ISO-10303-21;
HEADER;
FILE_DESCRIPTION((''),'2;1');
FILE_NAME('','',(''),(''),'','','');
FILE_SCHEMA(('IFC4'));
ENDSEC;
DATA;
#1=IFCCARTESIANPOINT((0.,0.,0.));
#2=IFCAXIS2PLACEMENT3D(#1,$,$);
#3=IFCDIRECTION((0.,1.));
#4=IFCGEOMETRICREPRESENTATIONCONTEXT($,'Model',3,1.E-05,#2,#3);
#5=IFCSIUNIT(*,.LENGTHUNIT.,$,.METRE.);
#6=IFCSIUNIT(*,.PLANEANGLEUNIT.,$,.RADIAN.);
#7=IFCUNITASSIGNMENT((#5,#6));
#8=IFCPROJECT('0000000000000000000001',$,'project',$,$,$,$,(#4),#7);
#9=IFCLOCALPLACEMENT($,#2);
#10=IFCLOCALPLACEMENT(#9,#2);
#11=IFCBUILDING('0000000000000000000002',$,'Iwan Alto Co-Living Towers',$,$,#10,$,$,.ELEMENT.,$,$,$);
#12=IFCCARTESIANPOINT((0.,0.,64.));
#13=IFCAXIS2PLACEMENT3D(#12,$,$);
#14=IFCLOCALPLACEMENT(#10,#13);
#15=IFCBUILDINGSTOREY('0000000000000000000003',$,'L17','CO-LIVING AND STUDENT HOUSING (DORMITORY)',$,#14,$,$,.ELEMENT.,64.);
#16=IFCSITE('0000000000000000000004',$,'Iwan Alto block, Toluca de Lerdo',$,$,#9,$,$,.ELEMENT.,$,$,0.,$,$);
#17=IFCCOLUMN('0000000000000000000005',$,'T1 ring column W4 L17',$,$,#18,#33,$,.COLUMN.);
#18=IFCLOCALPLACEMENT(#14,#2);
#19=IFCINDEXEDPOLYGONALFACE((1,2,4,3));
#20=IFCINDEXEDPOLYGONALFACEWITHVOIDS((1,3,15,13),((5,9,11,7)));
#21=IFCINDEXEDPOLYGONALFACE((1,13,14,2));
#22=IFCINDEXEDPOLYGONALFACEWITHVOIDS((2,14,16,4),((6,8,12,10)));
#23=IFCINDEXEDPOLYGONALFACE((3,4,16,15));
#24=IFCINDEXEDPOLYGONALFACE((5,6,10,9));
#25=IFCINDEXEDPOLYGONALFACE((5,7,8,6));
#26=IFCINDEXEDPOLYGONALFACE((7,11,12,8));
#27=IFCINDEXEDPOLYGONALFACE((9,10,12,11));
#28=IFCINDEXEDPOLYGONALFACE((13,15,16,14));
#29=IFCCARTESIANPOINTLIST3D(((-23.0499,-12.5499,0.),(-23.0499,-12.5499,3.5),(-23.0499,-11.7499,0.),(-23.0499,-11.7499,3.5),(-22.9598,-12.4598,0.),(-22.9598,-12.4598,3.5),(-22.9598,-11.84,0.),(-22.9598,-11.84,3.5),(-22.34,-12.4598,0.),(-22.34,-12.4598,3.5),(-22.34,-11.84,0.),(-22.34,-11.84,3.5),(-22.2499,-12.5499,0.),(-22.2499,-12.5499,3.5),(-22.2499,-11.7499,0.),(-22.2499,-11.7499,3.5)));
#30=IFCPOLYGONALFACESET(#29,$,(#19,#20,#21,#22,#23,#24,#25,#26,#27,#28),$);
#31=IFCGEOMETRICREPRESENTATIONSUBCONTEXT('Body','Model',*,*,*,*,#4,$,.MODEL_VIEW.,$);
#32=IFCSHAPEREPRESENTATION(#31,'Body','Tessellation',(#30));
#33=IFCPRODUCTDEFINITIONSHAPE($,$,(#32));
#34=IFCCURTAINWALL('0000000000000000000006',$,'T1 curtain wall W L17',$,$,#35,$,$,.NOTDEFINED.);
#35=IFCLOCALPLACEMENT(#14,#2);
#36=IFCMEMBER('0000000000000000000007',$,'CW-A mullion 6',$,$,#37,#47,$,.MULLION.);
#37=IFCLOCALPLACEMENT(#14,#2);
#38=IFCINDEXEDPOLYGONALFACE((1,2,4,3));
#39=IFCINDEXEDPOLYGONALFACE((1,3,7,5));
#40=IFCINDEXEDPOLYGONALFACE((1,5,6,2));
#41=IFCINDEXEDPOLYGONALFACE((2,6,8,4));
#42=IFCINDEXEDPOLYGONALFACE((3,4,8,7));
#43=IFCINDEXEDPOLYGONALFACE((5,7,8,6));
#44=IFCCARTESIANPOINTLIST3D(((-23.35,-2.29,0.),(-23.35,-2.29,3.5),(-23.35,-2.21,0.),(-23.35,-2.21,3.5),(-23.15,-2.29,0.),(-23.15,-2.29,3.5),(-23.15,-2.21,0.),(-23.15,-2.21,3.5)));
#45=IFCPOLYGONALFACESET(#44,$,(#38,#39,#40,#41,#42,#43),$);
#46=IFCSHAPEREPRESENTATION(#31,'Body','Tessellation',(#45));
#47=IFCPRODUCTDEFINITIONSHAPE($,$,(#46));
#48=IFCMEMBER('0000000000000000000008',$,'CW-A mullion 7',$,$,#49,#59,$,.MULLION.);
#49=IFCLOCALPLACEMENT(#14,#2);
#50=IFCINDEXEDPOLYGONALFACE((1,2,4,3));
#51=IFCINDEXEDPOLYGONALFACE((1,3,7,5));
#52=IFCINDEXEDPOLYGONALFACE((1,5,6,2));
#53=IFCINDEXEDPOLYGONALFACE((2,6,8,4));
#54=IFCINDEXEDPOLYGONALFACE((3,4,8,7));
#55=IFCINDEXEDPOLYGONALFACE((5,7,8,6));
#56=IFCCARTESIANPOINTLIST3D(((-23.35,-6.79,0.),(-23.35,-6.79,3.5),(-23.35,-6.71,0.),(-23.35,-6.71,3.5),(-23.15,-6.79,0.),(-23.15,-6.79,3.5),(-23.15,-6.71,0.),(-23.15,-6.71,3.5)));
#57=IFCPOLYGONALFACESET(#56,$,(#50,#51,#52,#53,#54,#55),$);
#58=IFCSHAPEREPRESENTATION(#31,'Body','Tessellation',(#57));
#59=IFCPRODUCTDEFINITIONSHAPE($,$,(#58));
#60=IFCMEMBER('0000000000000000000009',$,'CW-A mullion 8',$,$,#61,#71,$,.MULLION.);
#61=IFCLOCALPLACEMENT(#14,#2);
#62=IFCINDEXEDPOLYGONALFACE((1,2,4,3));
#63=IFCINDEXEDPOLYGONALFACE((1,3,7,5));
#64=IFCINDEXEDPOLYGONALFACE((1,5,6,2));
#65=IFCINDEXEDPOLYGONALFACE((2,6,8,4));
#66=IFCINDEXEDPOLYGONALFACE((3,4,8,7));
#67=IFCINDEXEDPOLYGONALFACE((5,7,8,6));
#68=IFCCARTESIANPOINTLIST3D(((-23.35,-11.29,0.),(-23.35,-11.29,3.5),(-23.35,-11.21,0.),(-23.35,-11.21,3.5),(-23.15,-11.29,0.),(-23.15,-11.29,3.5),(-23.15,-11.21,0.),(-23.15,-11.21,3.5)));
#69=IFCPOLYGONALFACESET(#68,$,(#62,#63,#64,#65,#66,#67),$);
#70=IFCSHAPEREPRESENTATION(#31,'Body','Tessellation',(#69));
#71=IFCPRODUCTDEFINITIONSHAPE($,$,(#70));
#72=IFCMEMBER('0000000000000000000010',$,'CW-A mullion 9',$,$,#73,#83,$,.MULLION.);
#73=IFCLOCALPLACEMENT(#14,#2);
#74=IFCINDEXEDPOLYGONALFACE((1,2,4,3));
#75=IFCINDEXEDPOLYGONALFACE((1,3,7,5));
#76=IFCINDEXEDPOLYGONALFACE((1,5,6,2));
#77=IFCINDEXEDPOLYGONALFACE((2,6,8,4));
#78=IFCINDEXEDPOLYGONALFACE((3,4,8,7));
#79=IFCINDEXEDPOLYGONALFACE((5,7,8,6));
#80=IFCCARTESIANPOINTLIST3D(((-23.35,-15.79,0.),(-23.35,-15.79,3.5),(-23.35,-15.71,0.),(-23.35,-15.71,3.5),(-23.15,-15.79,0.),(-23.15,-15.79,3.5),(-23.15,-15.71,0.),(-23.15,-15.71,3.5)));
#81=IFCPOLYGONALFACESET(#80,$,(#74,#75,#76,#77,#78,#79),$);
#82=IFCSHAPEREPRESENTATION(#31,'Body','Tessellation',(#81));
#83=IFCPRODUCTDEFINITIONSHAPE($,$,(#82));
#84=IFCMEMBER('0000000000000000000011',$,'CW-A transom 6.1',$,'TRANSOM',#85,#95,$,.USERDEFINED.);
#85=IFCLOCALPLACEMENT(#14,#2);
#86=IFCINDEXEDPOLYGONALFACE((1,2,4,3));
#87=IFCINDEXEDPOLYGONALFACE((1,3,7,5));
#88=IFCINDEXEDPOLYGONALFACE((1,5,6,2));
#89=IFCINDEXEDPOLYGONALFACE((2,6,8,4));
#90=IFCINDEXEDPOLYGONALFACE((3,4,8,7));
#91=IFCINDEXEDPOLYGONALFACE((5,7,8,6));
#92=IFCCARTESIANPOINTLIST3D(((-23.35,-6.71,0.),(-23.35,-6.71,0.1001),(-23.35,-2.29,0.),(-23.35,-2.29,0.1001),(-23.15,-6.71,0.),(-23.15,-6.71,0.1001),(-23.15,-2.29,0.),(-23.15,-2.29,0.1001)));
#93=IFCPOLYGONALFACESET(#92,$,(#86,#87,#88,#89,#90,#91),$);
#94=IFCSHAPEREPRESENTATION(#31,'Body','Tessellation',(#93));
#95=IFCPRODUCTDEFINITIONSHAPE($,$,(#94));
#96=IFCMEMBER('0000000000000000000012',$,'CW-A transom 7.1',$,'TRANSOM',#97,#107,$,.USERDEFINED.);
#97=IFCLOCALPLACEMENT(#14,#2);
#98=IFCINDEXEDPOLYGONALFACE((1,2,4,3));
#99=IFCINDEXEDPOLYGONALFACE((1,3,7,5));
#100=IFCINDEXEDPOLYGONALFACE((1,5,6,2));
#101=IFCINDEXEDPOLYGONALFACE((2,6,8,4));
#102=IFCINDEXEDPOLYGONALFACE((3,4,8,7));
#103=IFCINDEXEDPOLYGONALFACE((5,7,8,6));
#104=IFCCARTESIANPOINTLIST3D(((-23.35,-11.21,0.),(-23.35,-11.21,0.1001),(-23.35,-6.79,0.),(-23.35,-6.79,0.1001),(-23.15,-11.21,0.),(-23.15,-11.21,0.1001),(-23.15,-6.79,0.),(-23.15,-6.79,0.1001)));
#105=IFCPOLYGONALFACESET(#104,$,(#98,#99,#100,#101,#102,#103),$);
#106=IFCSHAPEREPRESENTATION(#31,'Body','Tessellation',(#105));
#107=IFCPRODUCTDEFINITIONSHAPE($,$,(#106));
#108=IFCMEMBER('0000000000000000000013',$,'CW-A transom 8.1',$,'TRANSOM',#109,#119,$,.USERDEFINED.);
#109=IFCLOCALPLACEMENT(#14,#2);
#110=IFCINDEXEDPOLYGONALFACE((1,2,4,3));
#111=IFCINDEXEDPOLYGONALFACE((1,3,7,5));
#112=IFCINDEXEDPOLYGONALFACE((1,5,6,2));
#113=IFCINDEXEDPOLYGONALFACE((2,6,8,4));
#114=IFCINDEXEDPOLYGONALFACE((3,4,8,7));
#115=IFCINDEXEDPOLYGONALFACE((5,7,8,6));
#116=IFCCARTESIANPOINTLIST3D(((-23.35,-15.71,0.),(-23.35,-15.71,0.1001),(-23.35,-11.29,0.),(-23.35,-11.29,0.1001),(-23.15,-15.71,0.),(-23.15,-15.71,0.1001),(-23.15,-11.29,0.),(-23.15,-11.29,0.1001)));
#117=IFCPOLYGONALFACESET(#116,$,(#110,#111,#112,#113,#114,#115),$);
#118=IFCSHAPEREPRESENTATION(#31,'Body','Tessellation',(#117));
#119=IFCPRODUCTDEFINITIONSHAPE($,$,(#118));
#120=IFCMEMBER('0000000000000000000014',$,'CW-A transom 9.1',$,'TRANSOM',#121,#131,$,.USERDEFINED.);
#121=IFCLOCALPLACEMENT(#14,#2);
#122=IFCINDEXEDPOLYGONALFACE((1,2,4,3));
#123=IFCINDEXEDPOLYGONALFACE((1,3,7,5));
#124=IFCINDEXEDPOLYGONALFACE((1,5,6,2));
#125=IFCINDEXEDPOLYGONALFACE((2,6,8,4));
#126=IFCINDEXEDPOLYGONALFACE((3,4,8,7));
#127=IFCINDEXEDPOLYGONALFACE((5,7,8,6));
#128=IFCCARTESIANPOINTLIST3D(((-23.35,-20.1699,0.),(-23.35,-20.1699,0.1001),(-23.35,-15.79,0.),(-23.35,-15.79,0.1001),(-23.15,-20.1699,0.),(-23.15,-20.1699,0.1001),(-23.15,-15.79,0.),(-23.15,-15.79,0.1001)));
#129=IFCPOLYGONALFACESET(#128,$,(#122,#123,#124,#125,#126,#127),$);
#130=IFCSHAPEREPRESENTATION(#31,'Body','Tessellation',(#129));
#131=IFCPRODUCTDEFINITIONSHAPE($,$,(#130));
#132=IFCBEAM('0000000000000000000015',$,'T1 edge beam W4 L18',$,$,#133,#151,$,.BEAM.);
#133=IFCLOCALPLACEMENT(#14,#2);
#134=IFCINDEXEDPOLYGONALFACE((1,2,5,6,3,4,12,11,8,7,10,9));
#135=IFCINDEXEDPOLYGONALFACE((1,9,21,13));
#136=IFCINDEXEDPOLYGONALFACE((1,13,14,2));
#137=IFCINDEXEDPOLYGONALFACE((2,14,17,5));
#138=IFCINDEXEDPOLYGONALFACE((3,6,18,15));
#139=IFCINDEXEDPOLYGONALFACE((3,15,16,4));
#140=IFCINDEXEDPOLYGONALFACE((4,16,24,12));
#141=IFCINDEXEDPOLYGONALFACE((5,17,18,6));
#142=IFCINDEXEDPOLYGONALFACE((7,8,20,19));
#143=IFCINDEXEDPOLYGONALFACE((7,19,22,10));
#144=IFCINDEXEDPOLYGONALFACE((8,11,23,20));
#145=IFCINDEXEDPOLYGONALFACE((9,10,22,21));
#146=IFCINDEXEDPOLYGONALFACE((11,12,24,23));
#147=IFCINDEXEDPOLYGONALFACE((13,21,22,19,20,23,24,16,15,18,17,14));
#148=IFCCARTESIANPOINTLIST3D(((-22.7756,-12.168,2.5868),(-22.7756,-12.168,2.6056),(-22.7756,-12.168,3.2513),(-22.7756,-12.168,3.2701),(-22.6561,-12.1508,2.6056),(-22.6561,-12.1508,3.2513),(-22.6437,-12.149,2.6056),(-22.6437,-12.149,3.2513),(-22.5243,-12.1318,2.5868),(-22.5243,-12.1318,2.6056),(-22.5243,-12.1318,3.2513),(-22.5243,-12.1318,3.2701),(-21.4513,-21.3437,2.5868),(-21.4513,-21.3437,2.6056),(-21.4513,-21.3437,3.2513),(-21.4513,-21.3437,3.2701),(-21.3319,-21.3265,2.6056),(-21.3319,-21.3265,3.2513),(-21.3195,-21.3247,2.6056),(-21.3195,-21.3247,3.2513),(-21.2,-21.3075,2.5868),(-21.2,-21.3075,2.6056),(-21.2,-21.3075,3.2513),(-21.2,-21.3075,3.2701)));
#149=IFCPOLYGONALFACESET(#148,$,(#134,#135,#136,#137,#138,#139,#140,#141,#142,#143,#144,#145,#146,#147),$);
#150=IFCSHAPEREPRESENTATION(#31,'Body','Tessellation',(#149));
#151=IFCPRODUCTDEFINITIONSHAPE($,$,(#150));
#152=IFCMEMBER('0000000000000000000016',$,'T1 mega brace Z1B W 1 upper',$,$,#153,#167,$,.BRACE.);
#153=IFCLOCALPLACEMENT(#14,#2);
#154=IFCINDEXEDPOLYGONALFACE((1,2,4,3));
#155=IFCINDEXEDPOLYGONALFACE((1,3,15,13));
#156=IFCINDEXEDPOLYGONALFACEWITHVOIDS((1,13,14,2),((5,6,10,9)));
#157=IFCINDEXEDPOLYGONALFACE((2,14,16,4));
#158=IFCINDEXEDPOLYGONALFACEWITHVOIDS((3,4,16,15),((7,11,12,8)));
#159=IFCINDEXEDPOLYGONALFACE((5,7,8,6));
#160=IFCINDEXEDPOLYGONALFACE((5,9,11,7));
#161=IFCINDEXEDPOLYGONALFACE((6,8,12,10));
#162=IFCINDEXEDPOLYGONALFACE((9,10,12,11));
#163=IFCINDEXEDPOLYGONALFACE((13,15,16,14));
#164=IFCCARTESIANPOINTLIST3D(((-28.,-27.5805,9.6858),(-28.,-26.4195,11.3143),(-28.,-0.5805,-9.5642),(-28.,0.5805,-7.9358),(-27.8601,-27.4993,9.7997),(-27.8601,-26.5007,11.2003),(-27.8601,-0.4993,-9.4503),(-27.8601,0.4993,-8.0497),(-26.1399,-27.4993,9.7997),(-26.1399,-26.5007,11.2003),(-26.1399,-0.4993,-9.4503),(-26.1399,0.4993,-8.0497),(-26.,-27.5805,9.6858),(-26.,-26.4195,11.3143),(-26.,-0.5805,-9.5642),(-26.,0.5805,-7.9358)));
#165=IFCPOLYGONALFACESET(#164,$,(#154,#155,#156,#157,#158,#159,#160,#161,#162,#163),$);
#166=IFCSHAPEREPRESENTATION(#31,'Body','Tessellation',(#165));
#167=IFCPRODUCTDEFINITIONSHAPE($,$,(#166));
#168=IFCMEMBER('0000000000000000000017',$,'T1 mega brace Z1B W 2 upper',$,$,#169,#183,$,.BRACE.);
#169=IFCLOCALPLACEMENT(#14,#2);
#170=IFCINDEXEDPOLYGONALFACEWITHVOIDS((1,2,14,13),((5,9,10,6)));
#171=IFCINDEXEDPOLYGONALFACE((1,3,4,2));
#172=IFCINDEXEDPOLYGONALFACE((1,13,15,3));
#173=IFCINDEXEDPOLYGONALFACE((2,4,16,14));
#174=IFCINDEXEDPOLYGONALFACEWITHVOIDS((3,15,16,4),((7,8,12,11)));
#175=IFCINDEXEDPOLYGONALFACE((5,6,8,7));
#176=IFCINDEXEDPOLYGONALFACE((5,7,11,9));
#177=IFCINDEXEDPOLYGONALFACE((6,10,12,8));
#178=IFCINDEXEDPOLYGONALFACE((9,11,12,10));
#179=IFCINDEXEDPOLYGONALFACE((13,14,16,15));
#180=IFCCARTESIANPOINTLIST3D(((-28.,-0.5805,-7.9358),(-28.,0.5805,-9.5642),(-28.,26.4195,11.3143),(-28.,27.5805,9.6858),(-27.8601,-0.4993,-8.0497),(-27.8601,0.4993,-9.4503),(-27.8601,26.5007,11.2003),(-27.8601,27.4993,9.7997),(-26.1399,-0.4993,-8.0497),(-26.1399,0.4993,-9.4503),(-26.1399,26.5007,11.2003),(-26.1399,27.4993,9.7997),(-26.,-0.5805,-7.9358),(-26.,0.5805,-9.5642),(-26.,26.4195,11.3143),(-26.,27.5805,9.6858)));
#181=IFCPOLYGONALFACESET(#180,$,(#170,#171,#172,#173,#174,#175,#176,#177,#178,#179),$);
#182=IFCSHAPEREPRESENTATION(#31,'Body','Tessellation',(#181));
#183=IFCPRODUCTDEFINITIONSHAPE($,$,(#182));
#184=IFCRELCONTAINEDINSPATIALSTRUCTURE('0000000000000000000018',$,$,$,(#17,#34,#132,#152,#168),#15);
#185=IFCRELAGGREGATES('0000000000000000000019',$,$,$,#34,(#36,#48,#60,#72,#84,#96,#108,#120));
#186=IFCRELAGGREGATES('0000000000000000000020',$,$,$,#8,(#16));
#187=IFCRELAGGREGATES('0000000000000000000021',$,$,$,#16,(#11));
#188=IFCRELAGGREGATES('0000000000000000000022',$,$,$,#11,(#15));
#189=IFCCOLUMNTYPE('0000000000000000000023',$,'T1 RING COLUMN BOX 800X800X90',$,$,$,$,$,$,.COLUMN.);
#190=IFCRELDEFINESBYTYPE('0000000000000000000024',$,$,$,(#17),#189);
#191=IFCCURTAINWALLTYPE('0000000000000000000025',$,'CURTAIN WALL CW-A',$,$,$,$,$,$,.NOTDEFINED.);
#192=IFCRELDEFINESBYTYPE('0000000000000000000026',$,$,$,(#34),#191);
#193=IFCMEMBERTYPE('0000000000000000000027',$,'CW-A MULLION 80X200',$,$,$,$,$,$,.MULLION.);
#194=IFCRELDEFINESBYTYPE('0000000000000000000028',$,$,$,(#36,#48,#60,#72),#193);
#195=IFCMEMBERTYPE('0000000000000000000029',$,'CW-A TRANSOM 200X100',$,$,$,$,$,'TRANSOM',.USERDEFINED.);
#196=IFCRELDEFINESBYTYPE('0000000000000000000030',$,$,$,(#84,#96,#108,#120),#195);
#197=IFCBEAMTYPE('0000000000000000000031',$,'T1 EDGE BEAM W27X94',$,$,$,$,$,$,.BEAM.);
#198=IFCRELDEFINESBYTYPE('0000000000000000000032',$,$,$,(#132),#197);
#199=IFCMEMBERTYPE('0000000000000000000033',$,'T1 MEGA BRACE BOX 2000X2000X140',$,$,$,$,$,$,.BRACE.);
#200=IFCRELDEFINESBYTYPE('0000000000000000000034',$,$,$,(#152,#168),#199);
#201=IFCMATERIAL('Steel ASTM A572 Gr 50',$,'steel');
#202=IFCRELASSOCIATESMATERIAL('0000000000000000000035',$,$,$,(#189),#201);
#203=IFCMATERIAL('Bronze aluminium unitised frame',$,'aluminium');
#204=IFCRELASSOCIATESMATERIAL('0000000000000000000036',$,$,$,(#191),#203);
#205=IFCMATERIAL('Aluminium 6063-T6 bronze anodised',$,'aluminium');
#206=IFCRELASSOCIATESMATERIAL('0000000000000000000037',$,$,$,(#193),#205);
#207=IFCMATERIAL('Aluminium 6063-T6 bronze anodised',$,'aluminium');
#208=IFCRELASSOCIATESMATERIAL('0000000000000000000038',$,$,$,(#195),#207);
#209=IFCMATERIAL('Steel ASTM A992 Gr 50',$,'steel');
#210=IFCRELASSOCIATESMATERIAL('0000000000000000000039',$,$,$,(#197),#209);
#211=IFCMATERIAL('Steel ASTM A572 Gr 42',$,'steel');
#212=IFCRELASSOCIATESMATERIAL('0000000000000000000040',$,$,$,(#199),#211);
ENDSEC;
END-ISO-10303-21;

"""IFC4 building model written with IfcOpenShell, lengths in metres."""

from ifc_helpers import new_model, si_unit, direction, frame, origin, origin_2d, place, context, subcontext, project, spatial, rectangle, hollow_rectangle, i_section, extrude, material, material_profile, profile_set, type_object, element, aggregate, save


model = new_model("IFC4")

# Units and contexts
model_context = context("Model", 3, precision=1e-05, world=origin(), true_north=direction((0.0, 1.0)))
body_context = subcontext(model_context, "Body", "Model", "MODEL_VIEW")
ifc_project = project(units=[si_unit("LENGTHUNIT", "METRE"), si_unit("PLANEANGLEUNIT", "RADIAN")], contexts=[model_context])

# Site, building, storey
site_placement = place(None, origin())
site = spatial("IfcSite", under=ifc_project, at=site_placement, Name="Iwan Alto block, Toluca de Lerdo", CompositionType="ELEMENT", RefElevation=0.0)
building_placement = place(site_placement, origin())
building = spatial("IfcBuilding", under=site, at=building_placement, Name="Iwan Alto Co-Living Towers", CompositionType="ELEMENT")
storey_placement = place(building_placement, frame((0.0, 0.0, 64.0)))
storey = spatial("IfcBuildingStorey", under=building, at=storey_placement, Name="L17", Description="CO-LIVING AND STUDENT HOUSING (DORMITORY)", CompositionType="ELEMENT", Elevation=64.0)

# Column
ifc_material_1 = material(Name="Steel ASTM A572 Gr 50", Category="steel")
ifc_material_profile_1 = material_profile(ifc_material_1, hollow_rectangle(XDim=0.8, YDim=0.8, WallThickness=0.0901, at=origin_2d()), Name="BOX 800X800X90")
ifc_profile_set_1 = profile_set([ifc_material_profile_1], Name="Steel ASTM A572 Gr 50")
column_type = type_object("IfcColumnType", Name="T1 RING COLUMN BOX 800X800X90", PredefinedType="COLUMN", material=ifc_profile_set_1)
column_placement = place(storey_placement, frame((-22.6499, -12.1499, 0.0), z_axis=(0.0, 0.0, 1.0), x_axis=(1.0, 0.0, 0.0)))
element("IfcColumn", 1, at=column_placement, inside=storey, type_object=column_type, Name="T1 ring column W4 L17", PredefinedType="COLUMN", context=body_context, shape_type="SweptSolid", body=[
    extrude(hollow_rectangle(XDim=0.8, YDim=0.8, WallThickness=0.0901, at=origin_2d()), origin(), (0.0, 0.0, 1.0), 3.5),
])

# Curtain wall, members
ifc_material_2 = material(Name="Bronze aluminium unitised frame", Category="aluminium")
curtain_wall_type = type_object("IfcCurtainWallType", Name="CURTAIN WALL CW-A", PredefinedType="NOTDEFINED", material=ifc_material_2)
curtain_wall_placement = place(storey_placement, origin())
curtain_wall = element("IfcCurtainWall", 2, at=curtain_wall_placement, inside=storey, type_object=curtain_wall_type, Name="T1 curtain wall W L17", PredefinedType="NOTDEFINED")
ifc_material_3 = material(Name="Aluminium 6063-T6 bronze anodised", Category="aluminium")
ifc_material_profile_2 = material_profile(ifc_material_3, rectangle(XDim=0.2, YDim=0.0801, at=origin_2d()), Name="AL 80X200")
ifc_profile_set_2 = profile_set([ifc_material_profile_2], Name="Aluminium 6063-T6 bronze anodised")
member_type_1 = type_object("IfcMemberType", Name="CW-A MULLION 80X200", PredefinedType="MULLION", material=ifc_profile_set_2)
member_1_placement = place(storey_placement, frame((-23.25, -2.25, 0.0), z_axis=(0.0, 0.0, 1.0), x_axis=(1.0, 0.0, 0.0)))
member_1 = element("IfcMember", 3, at=member_1_placement, type_object=member_type_1, Name="CW-A mullion 6", PredefinedType="MULLION", context=body_context, shape_type="SweptSolid", body=[
    extrude(rectangle(XDim=0.2, YDim=0.0801, at=origin_2d()), origin(), (0.0, 0.0, 1.0), 3.5),
])
member_2_placement = place(storey_placement, frame((-23.25, -6.75, 0.0), z_axis=(0.0, 0.0, 1.0), x_axis=(1.0, 0.0, 0.0)))
member_2 = element("IfcMember", 4, at=member_2_placement, type_object=member_type_1, Name="CW-A mullion 7", PredefinedType="MULLION", context=body_context, shape_type="SweptSolid", body=[
    extrude(rectangle(XDim=0.2, YDim=0.0801, at=origin_2d()), origin(), (0.0, 0.0, 1.0), 3.5),
])
member_3_placement = place(storey_placement, frame((-23.25, -11.25, 0.0), z_axis=(0.0, 0.0, 1.0), x_axis=(1.0, 0.0, 0.0)))
member_3 = element("IfcMember", 5, at=member_3_placement, type_object=member_type_1, Name="CW-A mullion 8", PredefinedType="MULLION", context=body_context, shape_type="SweptSolid", body=[
    extrude(rectangle(XDim=0.2, YDim=0.0801, at=origin_2d()), origin(), (0.0, 0.0, 1.0), 3.5),
])
member_4_placement = place(storey_placement, frame((-23.25, -15.75, 0.0), z_axis=(0.0, 0.0, 1.0), x_axis=(1.0, 0.0, 0.0)))
member_4 = element("IfcMember", 6, at=member_4_placement, type_object=member_type_1, Name="CW-A mullion 9", PredefinedType="MULLION", context=body_context, shape_type="SweptSolid", body=[
    extrude(rectangle(XDim=0.2, YDim=0.0801, at=origin_2d()), origin(), (0.0, 0.0, 1.0), 3.5),
])
ifc_material_4 = material(Name="Aluminium 6063-T6 bronze anodised", Category="aluminium")
ifc_material_profile_3 = material_profile(ifc_material_4, rectangle(XDim=0.2, YDim=0.1001, at=origin_2d()), Name="AL 200X100")
ifc_profile_set_3 = profile_set([ifc_material_profile_3], Name="Aluminium 6063-T6 bronze anodised")
member_type_2 = type_object("IfcMemberType", Name="CW-A TRANSOM 200X100", ElementType="TRANSOM", PredefinedType="USERDEFINED", material=ifc_profile_set_3)
member_5_placement = place(storey_placement, frame((-23.25, -2.29, 0.05), z_axis=(0.0, -1.0, 0.0), x_axis=(1.0, 0.0, 0.0)))
member_5 = element("IfcMember", 7, at=member_5_placement, type_object=member_type_2, Name="CW-A transom 6.1", ObjectType="TRANSOM", PredefinedType="USERDEFINED", context=body_context, shape_type="SweptSolid", body=[
    extrude(rectangle(XDim=0.2, YDim=0.1001, at=origin_2d()), origin(), (0.0, 0.0, 1.0), 4.4199),
])
member_6_placement = place(storey_placement, frame((-23.25, -6.79, 0.05), z_axis=(0.0, -1.0, 0.0), x_axis=(1.0, 0.0, 0.0)))
member_6 = element("IfcMember", 8, at=member_6_placement, type_object=member_type_2, Name="CW-A transom 7.1", ObjectType="TRANSOM", PredefinedType="USERDEFINED", context=body_context, shape_type="SweptSolid", body=[
    extrude(rectangle(XDim=0.2, YDim=0.1001, at=origin_2d()), origin(), (0.0, 0.0, 1.0), 4.4199),
])
member_7_placement = place(storey_placement, frame((-23.25, -11.29, 0.05), z_axis=(0.0, -1.0, 0.0), x_axis=(1.0, 0.0, 0.0)))
member_7 = element("IfcMember", 9, at=member_7_placement, type_object=member_type_2, Name="CW-A transom 8.1", ObjectType="TRANSOM", PredefinedType="USERDEFINED", context=body_context, shape_type="SweptSolid", body=[
    extrude(rectangle(XDim=0.2, YDim=0.1001, at=origin_2d()), origin(), (0.0, 0.0, 1.0), 4.4199),
])
member_8_placement = place(storey_placement, frame((-23.25, -15.79, 0.05), z_axis=(0.0, -1.0, 0.0), x_axis=(1.0, 0.0, 0.0)))
member_8 = element("IfcMember", 10, at=member_8_placement, type_object=member_type_2, Name="CW-A transom 9.1", ObjectType="TRANSOM", PredefinedType="USERDEFINED", context=body_context, shape_type="SweptSolid", body=[
    extrude(rectangle(XDim=0.2, YDim=0.1001, at=origin_2d()), origin(), (0.0, 0.0, 1.0), 4.3799),
])

# Beam
ifc_material_5 = material(Name="Steel ASTM A992 Gr 50", Category="steel")
ifc_material_profile_4 = material_profile(ifc_material_5, i_section(OverallWidth=0.2539, OverallDepth=0.6833, WebThickness=0.0125, FlangeThickness=0.0188, at=origin_2d()), Name="W27X94")
ifc_profile_set_4 = profile_set([ifc_material_profile_4], Name="Steel ASTM A992 Gr 50")
beam_type = type_object("IfcBeamType", Name="T1 EDGE BEAM W27X94", PredefinedType="BEAM", material=ifc_profile_set_4)
beam_placement = place(storey_placement, frame((-22.6499, -12.1499, 2.9285), z_axis=(0.142837, -0.989746, 0.0), x_axis=(0.989746, 0.142837, 0.0)))
element("IfcBeam", 11, at=beam_placement, inside=storey, type_object=beam_type, Name="T1 edge beam W4 L18", PredefinedType="BEAM", context=body_context, shape_type="SweptSolid", body=[
    extrude(i_section(OverallWidth=0.2539, OverallDepth=0.6833, WebThickness=0.0125, FlangeThickness=0.0188, at=origin_2d()), origin(), (0.0, 0.0, 1.0), 9.2708),
])

# Members
ifc_material_6 = material(Name="Steel ASTM A572 Gr 42", Category="steel")
ifc_material_profile_5 = material_profile(ifc_material_6, hollow_rectangle(XDim=2.0, YDim=2.0, WallThickness=0.1399, at=origin_2d()), Name="BOX 2000X2000X140")
ifc_profile_set_5 = profile_set([ifc_material_profile_5], Name="Steel ASTM A572 Gr 42")
member_type_3 = type_object("IfcMemberType", Name="T1 MEGA BRACE BOX 2000X2000X140", PredefinedType="BRACE", material=ifc_profile_set_5)
for number, where, z_axis, x_axis, name in (
    (12, (-27.0, 0.0, -8.75), (0.0, -0.814243, 0.580525), (1.0, 0.0, 0.0), "T1 mega brace Z1B W 1 upper"),
    (13, (-27.0, 0.0, -8.75), (0.0, 0.814243, 0.580525), (-1.0, 0.0, 0.0), "T1 mega brace Z1B W 2 upper"),
):
    element("IfcMember", number, at=place(storey_placement, frame(where, z_axis=z_axis, x_axis=x_axis)), inside=storey, type_object=member_type_3, Name=name, PredefinedType="BRACE", context=body_context, shape_type="SweptSolid", body=[
        extrude(hollow_rectangle(XDim=2.0, YDim=2.0, WallThickness=0.1399, at=origin_2d()), origin(), (0.0, 0.0, 1.0), 33.1597),
    ])

aggregate(curtain_wall, [member_1, member_2, member_3, member_4, member_5, member_6, member_7, member_8])

save(model, "model.ifc")
